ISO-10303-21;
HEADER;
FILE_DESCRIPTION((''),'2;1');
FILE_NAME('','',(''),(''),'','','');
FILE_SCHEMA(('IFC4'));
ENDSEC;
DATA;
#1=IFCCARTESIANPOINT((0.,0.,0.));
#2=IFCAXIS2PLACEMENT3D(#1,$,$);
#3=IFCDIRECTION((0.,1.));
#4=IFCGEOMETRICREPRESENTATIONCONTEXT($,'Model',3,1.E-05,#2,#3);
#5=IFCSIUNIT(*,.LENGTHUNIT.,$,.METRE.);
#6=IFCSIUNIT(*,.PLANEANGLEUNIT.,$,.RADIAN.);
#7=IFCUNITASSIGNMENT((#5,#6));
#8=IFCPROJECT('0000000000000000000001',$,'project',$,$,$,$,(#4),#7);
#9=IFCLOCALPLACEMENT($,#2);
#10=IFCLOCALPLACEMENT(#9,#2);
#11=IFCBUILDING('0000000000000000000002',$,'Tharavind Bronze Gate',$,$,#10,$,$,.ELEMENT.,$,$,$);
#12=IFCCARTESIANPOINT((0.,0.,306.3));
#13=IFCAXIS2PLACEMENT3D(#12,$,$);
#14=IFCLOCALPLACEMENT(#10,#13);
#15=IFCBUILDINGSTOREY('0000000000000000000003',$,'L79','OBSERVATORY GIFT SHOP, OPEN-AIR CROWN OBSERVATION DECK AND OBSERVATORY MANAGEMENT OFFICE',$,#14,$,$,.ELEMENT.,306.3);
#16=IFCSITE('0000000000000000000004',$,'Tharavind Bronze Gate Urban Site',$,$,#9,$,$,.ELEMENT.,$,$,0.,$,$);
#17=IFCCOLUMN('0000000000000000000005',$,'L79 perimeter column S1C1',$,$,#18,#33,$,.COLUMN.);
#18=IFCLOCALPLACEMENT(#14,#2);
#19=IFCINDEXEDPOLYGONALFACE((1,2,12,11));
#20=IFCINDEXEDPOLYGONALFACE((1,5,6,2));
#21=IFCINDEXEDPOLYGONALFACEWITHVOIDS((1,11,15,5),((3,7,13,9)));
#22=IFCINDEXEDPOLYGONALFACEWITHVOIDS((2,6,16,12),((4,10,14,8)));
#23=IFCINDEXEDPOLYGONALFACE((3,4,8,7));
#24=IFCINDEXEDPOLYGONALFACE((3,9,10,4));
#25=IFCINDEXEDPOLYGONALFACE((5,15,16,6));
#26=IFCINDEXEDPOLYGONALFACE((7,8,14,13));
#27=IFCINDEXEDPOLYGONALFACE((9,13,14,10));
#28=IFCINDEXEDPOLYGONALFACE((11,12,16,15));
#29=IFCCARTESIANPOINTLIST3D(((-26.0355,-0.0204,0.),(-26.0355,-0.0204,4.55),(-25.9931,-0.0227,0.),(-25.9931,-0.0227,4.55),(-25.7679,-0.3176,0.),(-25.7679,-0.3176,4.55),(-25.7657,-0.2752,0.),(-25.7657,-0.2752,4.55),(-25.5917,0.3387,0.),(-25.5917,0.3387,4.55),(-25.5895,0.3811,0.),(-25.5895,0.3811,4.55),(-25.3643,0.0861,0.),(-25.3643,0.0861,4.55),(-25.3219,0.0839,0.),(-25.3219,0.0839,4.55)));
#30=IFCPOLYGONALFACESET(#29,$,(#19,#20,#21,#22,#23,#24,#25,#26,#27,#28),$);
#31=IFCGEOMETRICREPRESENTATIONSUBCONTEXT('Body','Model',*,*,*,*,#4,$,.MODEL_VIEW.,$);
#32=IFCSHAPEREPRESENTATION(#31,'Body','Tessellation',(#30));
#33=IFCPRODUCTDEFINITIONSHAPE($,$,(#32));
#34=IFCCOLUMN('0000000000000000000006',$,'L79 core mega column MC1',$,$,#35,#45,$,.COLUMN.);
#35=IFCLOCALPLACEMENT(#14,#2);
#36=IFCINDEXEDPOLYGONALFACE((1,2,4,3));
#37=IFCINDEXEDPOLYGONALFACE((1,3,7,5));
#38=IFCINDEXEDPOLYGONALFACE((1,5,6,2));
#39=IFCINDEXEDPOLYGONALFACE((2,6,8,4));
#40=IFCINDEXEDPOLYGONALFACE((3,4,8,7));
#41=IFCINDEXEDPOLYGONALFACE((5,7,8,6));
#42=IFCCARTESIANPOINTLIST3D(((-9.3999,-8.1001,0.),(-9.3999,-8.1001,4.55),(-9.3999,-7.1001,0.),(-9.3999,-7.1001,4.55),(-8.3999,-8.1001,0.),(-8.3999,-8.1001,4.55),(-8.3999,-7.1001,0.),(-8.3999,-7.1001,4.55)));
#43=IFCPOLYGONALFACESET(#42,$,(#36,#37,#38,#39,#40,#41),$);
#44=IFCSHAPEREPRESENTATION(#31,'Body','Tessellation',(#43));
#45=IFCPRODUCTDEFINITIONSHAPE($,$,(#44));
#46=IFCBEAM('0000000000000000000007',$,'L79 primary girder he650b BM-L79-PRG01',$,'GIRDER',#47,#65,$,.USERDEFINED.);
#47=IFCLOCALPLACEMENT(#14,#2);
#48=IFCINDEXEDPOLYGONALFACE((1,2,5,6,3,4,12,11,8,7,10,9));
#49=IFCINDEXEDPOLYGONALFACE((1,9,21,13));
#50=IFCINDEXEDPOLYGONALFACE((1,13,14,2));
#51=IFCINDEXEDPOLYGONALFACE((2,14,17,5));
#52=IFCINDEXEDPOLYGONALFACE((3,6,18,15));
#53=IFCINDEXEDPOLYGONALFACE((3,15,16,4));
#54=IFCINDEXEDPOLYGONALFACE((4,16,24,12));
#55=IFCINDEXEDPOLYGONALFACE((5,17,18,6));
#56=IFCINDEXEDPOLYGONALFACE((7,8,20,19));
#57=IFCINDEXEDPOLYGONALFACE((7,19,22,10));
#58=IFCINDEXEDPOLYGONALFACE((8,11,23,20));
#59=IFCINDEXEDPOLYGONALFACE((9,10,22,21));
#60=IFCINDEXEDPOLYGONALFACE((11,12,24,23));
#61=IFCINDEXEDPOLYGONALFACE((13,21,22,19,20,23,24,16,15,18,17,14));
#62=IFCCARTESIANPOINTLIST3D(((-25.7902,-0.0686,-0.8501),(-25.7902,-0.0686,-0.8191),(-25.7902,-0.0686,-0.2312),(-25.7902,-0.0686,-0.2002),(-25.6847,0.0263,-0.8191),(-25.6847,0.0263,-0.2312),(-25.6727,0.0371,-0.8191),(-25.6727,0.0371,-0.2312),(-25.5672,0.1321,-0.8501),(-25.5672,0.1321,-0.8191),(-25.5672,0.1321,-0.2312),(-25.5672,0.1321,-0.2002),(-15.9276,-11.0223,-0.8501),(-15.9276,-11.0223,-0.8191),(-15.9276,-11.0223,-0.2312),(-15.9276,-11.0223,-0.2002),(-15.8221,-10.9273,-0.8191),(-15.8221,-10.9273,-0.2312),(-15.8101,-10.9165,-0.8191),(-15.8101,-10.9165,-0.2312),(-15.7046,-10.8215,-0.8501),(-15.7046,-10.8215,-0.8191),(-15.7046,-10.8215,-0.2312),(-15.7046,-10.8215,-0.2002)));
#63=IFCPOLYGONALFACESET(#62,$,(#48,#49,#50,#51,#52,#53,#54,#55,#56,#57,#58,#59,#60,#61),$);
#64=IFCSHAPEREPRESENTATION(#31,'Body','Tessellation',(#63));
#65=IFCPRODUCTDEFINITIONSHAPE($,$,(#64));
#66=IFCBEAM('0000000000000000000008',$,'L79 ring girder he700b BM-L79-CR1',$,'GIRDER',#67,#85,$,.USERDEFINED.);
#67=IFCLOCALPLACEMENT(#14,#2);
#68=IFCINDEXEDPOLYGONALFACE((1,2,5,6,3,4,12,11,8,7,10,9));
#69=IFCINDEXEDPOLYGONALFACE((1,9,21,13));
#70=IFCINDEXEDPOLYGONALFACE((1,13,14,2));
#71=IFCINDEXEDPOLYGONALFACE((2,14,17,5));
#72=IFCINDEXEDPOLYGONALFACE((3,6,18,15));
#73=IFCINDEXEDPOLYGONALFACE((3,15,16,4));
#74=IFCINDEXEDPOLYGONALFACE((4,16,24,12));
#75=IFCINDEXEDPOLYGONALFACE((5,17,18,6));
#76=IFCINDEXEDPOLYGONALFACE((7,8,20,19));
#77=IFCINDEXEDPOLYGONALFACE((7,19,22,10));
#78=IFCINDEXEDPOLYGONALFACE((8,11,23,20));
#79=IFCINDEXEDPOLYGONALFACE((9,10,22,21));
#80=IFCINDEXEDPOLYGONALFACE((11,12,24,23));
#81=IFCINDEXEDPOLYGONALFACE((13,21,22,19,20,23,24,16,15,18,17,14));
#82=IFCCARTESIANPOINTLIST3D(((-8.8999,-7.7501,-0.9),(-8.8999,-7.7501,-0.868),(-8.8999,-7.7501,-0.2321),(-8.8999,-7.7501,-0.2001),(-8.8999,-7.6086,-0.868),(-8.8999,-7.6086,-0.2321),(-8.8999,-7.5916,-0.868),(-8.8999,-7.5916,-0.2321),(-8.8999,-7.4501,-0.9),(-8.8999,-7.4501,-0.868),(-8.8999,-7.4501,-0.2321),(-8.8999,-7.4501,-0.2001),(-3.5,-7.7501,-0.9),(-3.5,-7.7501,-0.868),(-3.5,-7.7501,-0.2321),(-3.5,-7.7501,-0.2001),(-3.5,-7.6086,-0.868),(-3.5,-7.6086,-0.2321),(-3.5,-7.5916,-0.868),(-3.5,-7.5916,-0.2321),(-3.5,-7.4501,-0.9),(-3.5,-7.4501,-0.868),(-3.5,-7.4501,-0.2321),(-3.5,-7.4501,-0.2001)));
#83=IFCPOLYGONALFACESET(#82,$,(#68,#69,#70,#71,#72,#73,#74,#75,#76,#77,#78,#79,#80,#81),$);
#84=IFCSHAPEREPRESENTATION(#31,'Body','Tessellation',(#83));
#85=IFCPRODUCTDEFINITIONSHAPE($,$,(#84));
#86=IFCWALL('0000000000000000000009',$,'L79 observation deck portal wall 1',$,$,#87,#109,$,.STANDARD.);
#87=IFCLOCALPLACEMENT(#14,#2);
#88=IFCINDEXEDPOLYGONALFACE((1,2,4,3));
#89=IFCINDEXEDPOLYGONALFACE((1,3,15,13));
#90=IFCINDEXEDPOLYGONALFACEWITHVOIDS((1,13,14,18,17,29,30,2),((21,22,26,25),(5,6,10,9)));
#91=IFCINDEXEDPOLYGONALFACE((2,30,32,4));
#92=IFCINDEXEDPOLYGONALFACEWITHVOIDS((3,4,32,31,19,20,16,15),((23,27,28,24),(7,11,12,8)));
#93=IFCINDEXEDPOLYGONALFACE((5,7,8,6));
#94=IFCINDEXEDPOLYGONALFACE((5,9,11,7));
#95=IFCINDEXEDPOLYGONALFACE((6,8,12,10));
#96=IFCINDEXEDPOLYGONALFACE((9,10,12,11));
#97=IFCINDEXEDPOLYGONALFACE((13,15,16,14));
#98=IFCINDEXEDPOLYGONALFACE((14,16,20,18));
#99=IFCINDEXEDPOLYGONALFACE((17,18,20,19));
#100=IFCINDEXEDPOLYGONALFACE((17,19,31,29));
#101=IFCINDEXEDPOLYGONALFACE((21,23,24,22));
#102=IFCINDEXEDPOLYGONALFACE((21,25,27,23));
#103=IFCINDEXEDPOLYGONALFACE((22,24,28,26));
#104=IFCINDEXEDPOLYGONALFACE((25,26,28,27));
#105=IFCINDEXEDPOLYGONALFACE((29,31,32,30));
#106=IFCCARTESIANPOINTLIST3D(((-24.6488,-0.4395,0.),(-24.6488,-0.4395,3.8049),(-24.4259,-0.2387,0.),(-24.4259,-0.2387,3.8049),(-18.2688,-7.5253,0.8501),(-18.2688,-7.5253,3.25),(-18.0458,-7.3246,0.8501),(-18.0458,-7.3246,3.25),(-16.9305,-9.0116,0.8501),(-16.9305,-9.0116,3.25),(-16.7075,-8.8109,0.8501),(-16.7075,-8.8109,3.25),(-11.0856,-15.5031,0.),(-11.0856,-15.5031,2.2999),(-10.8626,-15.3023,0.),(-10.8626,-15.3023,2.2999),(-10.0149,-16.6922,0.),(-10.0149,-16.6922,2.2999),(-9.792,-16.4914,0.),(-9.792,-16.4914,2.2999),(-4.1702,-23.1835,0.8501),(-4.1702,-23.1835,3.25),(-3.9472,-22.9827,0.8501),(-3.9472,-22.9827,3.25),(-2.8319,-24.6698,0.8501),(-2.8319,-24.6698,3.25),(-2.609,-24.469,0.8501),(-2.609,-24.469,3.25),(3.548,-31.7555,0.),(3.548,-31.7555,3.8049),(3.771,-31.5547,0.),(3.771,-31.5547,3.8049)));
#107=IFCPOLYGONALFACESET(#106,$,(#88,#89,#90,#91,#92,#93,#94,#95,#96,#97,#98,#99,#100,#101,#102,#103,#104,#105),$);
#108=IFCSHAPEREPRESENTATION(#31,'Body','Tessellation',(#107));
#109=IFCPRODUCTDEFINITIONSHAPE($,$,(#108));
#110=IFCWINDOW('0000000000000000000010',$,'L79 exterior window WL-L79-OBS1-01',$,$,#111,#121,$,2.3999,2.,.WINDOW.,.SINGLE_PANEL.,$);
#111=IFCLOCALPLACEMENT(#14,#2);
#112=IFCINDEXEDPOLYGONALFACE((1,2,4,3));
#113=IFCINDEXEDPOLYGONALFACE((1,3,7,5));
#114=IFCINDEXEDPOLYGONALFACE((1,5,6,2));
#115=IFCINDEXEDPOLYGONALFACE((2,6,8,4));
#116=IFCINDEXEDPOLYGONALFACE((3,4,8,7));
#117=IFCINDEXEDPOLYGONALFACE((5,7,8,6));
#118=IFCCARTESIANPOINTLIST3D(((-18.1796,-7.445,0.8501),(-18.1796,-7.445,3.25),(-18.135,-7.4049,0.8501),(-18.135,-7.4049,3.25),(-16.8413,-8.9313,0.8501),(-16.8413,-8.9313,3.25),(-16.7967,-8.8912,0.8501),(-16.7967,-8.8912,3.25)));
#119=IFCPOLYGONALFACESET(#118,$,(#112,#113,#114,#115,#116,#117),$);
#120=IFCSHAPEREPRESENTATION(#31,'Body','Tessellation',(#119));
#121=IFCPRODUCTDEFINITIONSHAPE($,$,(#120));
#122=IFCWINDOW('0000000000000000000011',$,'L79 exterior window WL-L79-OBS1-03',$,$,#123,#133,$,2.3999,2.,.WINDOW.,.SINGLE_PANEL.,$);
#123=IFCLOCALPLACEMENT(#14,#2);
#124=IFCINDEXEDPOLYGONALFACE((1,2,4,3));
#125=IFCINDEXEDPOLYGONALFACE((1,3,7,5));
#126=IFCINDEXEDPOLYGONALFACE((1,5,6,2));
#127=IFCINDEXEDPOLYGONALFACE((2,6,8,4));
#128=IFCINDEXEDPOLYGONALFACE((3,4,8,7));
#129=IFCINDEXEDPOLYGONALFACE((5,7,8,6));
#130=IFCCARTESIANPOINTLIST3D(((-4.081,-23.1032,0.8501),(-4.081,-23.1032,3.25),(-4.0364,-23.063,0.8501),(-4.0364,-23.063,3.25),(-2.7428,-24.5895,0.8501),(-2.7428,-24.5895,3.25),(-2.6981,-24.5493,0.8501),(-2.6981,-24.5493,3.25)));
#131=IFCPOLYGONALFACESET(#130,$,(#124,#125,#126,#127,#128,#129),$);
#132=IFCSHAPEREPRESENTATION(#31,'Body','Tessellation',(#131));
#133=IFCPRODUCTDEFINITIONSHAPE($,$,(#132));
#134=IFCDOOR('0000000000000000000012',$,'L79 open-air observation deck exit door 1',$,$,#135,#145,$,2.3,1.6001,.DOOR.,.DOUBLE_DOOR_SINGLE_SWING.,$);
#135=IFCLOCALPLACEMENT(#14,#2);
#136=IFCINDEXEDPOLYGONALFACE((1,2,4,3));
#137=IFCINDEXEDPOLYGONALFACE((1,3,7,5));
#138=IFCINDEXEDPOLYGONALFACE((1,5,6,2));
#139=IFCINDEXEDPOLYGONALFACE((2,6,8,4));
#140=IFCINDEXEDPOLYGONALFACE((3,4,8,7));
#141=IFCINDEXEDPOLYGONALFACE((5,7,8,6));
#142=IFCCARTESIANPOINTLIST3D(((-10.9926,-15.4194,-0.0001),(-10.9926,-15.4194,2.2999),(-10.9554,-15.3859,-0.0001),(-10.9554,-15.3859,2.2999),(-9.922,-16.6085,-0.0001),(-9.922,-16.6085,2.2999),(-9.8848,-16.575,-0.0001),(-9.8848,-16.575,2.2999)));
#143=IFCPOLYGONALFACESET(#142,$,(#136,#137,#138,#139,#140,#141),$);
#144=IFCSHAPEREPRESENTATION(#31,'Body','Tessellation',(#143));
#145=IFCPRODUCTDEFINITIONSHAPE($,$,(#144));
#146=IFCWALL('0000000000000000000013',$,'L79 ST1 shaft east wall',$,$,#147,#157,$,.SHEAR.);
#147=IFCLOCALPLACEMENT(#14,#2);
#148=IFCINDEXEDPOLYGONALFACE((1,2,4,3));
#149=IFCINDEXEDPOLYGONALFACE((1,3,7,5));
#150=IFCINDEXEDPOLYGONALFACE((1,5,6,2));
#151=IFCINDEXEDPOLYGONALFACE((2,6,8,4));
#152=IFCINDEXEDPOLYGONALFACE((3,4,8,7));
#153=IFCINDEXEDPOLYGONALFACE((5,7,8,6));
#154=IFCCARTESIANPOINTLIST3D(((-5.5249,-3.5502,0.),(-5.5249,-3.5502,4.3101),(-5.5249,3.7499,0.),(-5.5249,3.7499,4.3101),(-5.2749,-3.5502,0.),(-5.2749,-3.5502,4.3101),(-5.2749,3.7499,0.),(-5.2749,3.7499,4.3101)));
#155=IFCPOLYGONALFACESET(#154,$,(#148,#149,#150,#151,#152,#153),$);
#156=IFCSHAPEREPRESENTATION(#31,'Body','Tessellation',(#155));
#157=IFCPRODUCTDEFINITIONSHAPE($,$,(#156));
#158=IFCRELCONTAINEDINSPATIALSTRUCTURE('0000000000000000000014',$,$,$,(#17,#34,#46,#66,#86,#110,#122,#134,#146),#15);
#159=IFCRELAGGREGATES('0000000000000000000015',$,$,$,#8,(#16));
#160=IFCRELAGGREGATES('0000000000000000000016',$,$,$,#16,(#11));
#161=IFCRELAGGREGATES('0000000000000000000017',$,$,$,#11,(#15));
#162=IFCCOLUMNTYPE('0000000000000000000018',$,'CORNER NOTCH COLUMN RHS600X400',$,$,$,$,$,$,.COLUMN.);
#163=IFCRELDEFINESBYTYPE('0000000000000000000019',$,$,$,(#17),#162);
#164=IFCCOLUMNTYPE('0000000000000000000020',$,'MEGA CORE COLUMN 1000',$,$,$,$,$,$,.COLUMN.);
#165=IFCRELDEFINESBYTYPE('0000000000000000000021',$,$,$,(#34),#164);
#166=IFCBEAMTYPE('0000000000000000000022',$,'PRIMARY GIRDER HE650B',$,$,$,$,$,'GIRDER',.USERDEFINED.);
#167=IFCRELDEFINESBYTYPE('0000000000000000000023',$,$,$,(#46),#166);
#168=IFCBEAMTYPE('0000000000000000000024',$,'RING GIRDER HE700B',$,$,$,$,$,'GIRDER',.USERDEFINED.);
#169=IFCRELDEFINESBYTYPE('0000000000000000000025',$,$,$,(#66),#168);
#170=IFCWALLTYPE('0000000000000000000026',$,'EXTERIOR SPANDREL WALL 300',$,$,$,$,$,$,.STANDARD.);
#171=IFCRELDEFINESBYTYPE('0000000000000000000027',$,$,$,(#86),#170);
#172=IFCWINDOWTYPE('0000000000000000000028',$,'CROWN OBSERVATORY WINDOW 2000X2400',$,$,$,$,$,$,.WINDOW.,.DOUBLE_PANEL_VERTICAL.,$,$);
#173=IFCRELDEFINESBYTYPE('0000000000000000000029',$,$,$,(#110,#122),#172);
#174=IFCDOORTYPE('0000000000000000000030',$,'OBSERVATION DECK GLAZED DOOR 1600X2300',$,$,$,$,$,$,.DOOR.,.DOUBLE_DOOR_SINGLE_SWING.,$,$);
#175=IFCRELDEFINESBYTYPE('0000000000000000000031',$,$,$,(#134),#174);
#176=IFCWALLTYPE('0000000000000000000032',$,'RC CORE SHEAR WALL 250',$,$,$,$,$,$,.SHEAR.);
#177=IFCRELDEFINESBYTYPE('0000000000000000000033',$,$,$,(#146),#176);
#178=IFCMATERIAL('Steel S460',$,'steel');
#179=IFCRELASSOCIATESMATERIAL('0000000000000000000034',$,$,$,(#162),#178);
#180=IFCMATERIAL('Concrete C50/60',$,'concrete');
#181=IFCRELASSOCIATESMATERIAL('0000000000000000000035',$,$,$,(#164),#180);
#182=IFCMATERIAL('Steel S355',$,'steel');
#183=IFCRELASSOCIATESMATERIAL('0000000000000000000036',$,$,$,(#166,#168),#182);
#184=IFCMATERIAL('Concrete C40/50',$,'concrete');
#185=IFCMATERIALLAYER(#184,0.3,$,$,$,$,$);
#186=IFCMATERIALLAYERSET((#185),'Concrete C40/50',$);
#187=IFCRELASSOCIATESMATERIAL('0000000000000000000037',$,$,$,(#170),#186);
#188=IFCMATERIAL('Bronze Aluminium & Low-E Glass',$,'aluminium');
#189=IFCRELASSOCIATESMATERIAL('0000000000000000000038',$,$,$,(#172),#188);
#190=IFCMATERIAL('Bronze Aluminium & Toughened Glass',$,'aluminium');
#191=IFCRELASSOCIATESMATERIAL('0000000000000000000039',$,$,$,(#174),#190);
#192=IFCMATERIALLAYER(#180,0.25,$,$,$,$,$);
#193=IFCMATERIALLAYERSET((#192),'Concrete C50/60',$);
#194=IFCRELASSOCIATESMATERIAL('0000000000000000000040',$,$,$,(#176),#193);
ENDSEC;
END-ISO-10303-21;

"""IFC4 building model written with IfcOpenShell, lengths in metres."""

from ifc_helpers import new_model, si_unit, direction, frame, frame_2d, origin, origin_2d, place, context, subcontext, project, spatial, rectangle, hollow_rectangle, i_section, extrude, material, layer, layer_set, material_profile, profile_set, type_object, element, fill, save


model = new_model("IFC4")

# Units and contexts
model_context = context("Model", 3, precision=1e-05, world=origin(), true_north=direction((0.0, 1.0)))
body_context = subcontext(model_context, "Body", "Model", "MODEL_VIEW")
ifc_project = project(units=[si_unit("LENGTHUNIT", "METRE"), si_unit("PLANEANGLEUNIT", "RADIAN")], contexts=[model_context])

# Site, building, storey
site_placement = place(None, origin())
site = spatial("IfcSite", under=ifc_project, at=site_placement, Name="Tharavind Bronze Gate Urban Site", CompositionType="ELEMENT", RefElevation=0.0)
building_placement = place(site_placement, origin())
building = spatial("IfcBuilding", under=site, at=building_placement, Name="Tharavind Bronze Gate", CompositionType="ELEMENT")
storey_placement = place(building_placement, frame((0.0, 0.0, 306.3)))
storey = spatial("IfcBuildingStorey", under=building, at=storey_placement, Name="L79", Description="OBSERVATORY GIFT SHOP, OPEN-AIR CROWN OBSERVATION DECK AND OBSERVATORY MANAGEMENT OFFICE", CompositionType="ELEMENT", Elevation=306.3)

# Columns
ifc_material_1 = material(Name="Steel S460", Category="steel")
ifc_material_profile_1 = material_profile(ifc_material_1, hollow_rectangle(XDim=0.3999, YDim=0.6001, WallThickness=0.03, at=origin_2d()), Name="RHS600X400X30")
ifc_profile_set_1 = profile_set([ifc_material_profile_1], Name="Steel S460")
column_type_1 = type_object("IfcColumnType", Name="CORNER NOTCH COLUMN RHS600X400", PredefinedType="COLUMN", material=ifc_profile_set_1)
column_1_placement = place(storey_placement, frame((-25.6787, 0.0317, 0.0), z_axis=(0.0, 0.0, 1.0), x_axis=(-0.669131, 0.743145, 0.0)))
element("IfcColumn", 1, at=column_1_placement, inside=storey, type_object=column_type_1, Name="L79 perimeter column S1C1", PredefinedType="COLUMN", context=body_context, shape_type="SweptSolid", body=[
    extrude(hollow_rectangle(XDim=0.3999, YDim=0.6001, WallThickness=0.03, at=origin_2d()), origin(), (0.0, 0.0, 1.0), 4.55),
])
ifc_material_2 = material(Name="Concrete C50/60", Category="concrete")
ifc_material_profile_2 = material_profile(ifc_material_2, rectangle(XDim=1.0, YDim=1.0, at=origin_2d()), Name="RCCOL1000")
ifc_profile_set_2 = profile_set([ifc_material_profile_2], Name="Concrete C50/60")
column_type_2 = type_object("IfcColumnType", Name="MEGA CORE COLUMN 1000", PredefinedType="COLUMN", material=ifc_profile_set_2)
column_2_placement = place(storey_placement, frame((-8.8999, -7.6001, 0.0), z_axis=(0.0, 0.0, 1.0), x_axis=(1.0, 0.0, 0.0)))
element("IfcColumn", 2, at=column_2_placement, inside=storey, type_object=column_type_2, Name="L79 core mega column MC1", PredefinedType="COLUMN", context=body_context, shape_type="SweptSolid", body=[
    extrude(rectangle(XDim=1.0, YDim=1.0, at=origin_2d()), origin(), (0.0, 0.0, 1.0), 4.55),
])

# Beams
ifc_material_3 = material(Name="Steel S355", Category="steel")
ifc_material_profile_3 = material_profile(ifc_material_3, i_section(OverallWidth=0.3, OverallDepth=0.6499, WebThickness=0.0161, FlangeThickness=0.031, at=origin_2d()), Name="HE650B")
ifc_profile_set_3 = profile_set([ifc_material_profile_3], Name="Steel S355")
beam_type_1 = type_object("IfcBeamType", Name="PRIMARY GIRDER HE650B", ElementType="GIRDER", PredefinedType="USERDEFINED", material=ifc_profile_set_3)
beam_1_placement = place(storey_placement, frame((-25.6787, 0.0317, -0.5251), z_axis=(0.669126, -0.743149, 0.0), x_axis=(0.743149, 0.669126, 0.0)))
element("IfcBeam", 3, at=beam_1_placement, inside=storey, type_object=beam_type_1, Name="L79 primary girder he650b BM-L79-PRG01", ObjectType="GIRDER", PredefinedType="USERDEFINED", context=body_context, shape_type="SweptSolid", body=[
    extrude(i_section(OverallWidth=0.3, OverallDepth=0.6499, WebThickness=0.0161, FlangeThickness=0.031, at=origin_2d()), origin(), (0.0, 0.0, 1.0), 14.7395),
])
ifc_material_profile_4 = material_profile(ifc_material_3, i_section(OverallWidth=0.3, OverallDepth=0.7, WebThickness=0.0171, FlangeThickness=0.032, at=origin_2d()), Name="HE700B")
ifc_profile_set_4 = profile_set([ifc_material_profile_4], Name="Steel S355")
beam_type_2 = type_object("IfcBeamType", Name="RING GIRDER HE700B", ElementType="GIRDER", PredefinedType="USERDEFINED", material=ifc_profile_set_4)
beam_2_placement = place(storey_placement, frame((-8.8999, -7.6001, -0.55), z_axis=(1.0, 0.0, 0.0), x_axis=(0.0, 1.0, 0.0)))
element("IfcBeam", 4, at=beam_2_placement, inside=storey, type_object=beam_type_2, Name="L79 ring girder he700b BM-L79-CR1", ObjectType="GIRDER", PredefinedType="USERDEFINED", context=body_context, shape_type="SweptSolid", body=[
    extrude(i_section(OverallWidth=0.3, OverallDepth=0.7, WebThickness=0.0171, FlangeThickness=0.032, at=origin_2d()), origin(), (0.0, 0.0, 1.0), 5.3999),
])

# Wall, openings, windows, door
ifc_material_4 = material(Name="Concrete C40/50", Category="concrete")
ifc_layer_1 = layer(ifc_material_4, 0.3)
ifc_layer_set_1 = layer_set([ifc_layer_1], Name="Concrete C40/50")
wall_type_1 = type_object("IfcWallType", Name="EXTERIOR SPANDREL WALL 300", PredefinedType="STANDARD", material=ifc_layer_set_1)
wall_1_placement = place(storey_placement, frame((-24.5374, -0.3391, 0.0), z_axis=(0.0, 0.0, 1.0), x_axis=(0.669128, -0.743147, 0.0)))
wall_1 = element("IfcWall", 5, at=wall_1_placement, inside=storey, type_object=wall_type_1, Name="L79 observation deck portal wall 1", PredefinedType="STANDARD", context=body_context, shape_type="SweptSolid", body=[
    extrude(rectangle(XDim=42.1396, YDim=0.3, at=frame_2d((21.0698, 0.0))), origin(), (0.0, 0.0, 1.0), 3.8049),
])
opening_1_placement = place(wall_1_placement, frame((20.27, 0.0, 0.0)))
opening_1 = element("IfcOpeningElement", 6, at=opening_1_placement, cuts=wall_1, PredefinedType="OPENING", context=body_context, shape_type="SweptSolid", body=[
    extrude(rectangle(XDim=1.6001, YDim=2.3, at=frame_2d((0.8, 1.1499))), frame((0.0, 0.1599, 0.0), z_axis=(0.0, -1.0, 0.0), x_axis=(1.0, 0.0, 0.0)), (0.0, 0.0, 1.0), 0.32),
])
opening_2_placement = place(wall_1_placement, frame((9.5349, 0.0, 0.8501)))
opening_2 = element("IfcOpeningElement", 7, at=opening_2_placement, cuts=wall_1, PredefinedType="OPENING", context=body_context, shape_type="SweptSolid", body=[
    extrude(rectangle(XDim=2.0, YDim=2.3999, at=frame_2d((1.0, 1.2))), frame((0.0, 0.1599, 0.0), z_axis=(0.0, -1.0, 0.0), x_axis=(1.0, 0.0, 0.0)), (0.0, 0.0, 1.0), 0.32),
])
opening_3_placement = place(wall_1_placement, frame((30.605, 0.0, 0.8501)))
opening_3 = element("IfcOpeningElement", 8, at=opening_3_placement, cuts=wall_1, PredefinedType="OPENING", context=body_context, shape_type="SweptSolid", body=[
    extrude(rectangle(XDim=2.0, YDim=2.3999, at=frame_2d((1.0, 1.2))), frame((0.0, 0.1599, 0.0), z_axis=(0.0, -1.0, 0.0), x_axis=(1.0, 0.0, 0.0)), (0.0, 0.0, 1.0), 0.32),
])
ifc_material_5 = material(Name="Bronze Aluminium & Low-E Glass", Category="aluminium")
window_type = type_object("IfcWindowType", Name="CROWN OBSERVATORY WINDOW 2000X2400", PartitioningType="DOUBLE_PANEL_VERTICAL", PredefinedType="WINDOW", material=ifc_material_5)
window_1_placement = place(opening_2_placement, origin())
window_1 = element("IfcWindow", 9, at=window_1_placement, inside=storey, type_object=window_type, Name="L79 exterior window WL-L79-OBS1-01", OverallHeight=2.3999, OverallWidth=2.0, PartitioningType="SINGLE_PANEL", PredefinedType="WINDOW", context=body_context, shape_type="SweptSolid", body=[
    extrude(rectangle(XDim=2.0, YDim=2.3999, at=frame_2d((1.0, 1.2))), frame((0.0, 0.03, 0.0), z_axis=(0.0, -1.0, 0.0), x_axis=(1.0, 0.0, 0.0)), (0.0, 0.0, 1.0), 0.0601),
])
fill(opening_2, window_1)
window_2_placement = place(opening_3_placement, origin())
window_2 = element("IfcWindow", 10, at=window_2_placement, inside=storey, type_object=window_type, Name="L79 exterior window WL-L79-OBS1-03", OverallHeight=2.3999, OverallWidth=2.0, PartitioningType="SINGLE_PANEL", PredefinedType="WINDOW", context=body_context, shape_type="SweptSolid", body=[
    extrude(rectangle(XDim=2.0, YDim=2.3999, at=frame_2d((1.0, 1.2))), frame((0.0, 0.03, 0.0), z_axis=(0.0, -1.0, 0.0), x_axis=(1.0, 0.0, 0.0)), (0.0, 0.0, 1.0), 0.0601),
])
fill(opening_3, window_2)
ifc_material_6 = material(Name="Bronze Aluminium & Toughened Glass", Category="aluminium")
door_type_1 = type_object("IfcDoorType", Name="OBSERVATION DECK GLAZED DOOR 1600X2300", OperationType="DOUBLE_DOOR_SINGLE_SWING", PredefinedType="DOOR", material=ifc_material_6)
door_1_placement = place(opening_1_placement, frame((1.6001, 0.0, 0.0), z_axis=(0.0, 0.0, 1.0), x_axis=(-1.0, 0.0, 0.0)))
door_1 = element("IfcDoor", 11, at=door_1_placement, inside=storey, type_object=door_type_1, Name="L79 open-air observation deck exit door 1", OperationType="DOUBLE_DOOR_SINGLE_SWING", OverallHeight=2.3, OverallWidth=1.6001, PredefinedType="DOOR", context=body_context, shape_type="SweptSolid", body=[
    extrude(rectangle(XDim=1.6001, YDim=2.3, at=frame_2d((0.8, 1.1499))), frame((0.0, 0.0249, 0.0), z_axis=(0.0, -1.0, 0.0), x_axis=(1.0, 0.0, 0.0)), (0.0, 0.0, 1.0), 0.05),
])
fill(opening_1, door_1)

# Wall
ifc_layer_2 = layer(ifc_material_2, 0.25)
ifc_layer_set_2 = layer_set([ifc_layer_2], Name="Concrete C50/60")
wall_type_2 = type_object("IfcWallType", Name="RC CORE SHEAR WALL 250", PredefinedType="SHEAR", material=ifc_layer_set_2)
wall_2_placement = place(storey_placement, frame((-5.3999, -3.55, 0.0), z_axis=(0.0, 0.0, 1.0), x_axis=(0.0, 1.0, 0.0)))
element("IfcWall", 12, at=wall_2_placement, inside=storey, type_object=wall_type_2, Name="L79 ST1 shaft east wall", PredefinedType="SHEAR", context=body_context, shape_type="SweptSolid", body=[
    extrude(rectangle(XDim=7.3, YDim=0.25, at=frame_2d((3.6499, 0.0))), origin(), (0.0, 0.0, 1.0), 4.3101),
])

save(model, "model.ifc")
